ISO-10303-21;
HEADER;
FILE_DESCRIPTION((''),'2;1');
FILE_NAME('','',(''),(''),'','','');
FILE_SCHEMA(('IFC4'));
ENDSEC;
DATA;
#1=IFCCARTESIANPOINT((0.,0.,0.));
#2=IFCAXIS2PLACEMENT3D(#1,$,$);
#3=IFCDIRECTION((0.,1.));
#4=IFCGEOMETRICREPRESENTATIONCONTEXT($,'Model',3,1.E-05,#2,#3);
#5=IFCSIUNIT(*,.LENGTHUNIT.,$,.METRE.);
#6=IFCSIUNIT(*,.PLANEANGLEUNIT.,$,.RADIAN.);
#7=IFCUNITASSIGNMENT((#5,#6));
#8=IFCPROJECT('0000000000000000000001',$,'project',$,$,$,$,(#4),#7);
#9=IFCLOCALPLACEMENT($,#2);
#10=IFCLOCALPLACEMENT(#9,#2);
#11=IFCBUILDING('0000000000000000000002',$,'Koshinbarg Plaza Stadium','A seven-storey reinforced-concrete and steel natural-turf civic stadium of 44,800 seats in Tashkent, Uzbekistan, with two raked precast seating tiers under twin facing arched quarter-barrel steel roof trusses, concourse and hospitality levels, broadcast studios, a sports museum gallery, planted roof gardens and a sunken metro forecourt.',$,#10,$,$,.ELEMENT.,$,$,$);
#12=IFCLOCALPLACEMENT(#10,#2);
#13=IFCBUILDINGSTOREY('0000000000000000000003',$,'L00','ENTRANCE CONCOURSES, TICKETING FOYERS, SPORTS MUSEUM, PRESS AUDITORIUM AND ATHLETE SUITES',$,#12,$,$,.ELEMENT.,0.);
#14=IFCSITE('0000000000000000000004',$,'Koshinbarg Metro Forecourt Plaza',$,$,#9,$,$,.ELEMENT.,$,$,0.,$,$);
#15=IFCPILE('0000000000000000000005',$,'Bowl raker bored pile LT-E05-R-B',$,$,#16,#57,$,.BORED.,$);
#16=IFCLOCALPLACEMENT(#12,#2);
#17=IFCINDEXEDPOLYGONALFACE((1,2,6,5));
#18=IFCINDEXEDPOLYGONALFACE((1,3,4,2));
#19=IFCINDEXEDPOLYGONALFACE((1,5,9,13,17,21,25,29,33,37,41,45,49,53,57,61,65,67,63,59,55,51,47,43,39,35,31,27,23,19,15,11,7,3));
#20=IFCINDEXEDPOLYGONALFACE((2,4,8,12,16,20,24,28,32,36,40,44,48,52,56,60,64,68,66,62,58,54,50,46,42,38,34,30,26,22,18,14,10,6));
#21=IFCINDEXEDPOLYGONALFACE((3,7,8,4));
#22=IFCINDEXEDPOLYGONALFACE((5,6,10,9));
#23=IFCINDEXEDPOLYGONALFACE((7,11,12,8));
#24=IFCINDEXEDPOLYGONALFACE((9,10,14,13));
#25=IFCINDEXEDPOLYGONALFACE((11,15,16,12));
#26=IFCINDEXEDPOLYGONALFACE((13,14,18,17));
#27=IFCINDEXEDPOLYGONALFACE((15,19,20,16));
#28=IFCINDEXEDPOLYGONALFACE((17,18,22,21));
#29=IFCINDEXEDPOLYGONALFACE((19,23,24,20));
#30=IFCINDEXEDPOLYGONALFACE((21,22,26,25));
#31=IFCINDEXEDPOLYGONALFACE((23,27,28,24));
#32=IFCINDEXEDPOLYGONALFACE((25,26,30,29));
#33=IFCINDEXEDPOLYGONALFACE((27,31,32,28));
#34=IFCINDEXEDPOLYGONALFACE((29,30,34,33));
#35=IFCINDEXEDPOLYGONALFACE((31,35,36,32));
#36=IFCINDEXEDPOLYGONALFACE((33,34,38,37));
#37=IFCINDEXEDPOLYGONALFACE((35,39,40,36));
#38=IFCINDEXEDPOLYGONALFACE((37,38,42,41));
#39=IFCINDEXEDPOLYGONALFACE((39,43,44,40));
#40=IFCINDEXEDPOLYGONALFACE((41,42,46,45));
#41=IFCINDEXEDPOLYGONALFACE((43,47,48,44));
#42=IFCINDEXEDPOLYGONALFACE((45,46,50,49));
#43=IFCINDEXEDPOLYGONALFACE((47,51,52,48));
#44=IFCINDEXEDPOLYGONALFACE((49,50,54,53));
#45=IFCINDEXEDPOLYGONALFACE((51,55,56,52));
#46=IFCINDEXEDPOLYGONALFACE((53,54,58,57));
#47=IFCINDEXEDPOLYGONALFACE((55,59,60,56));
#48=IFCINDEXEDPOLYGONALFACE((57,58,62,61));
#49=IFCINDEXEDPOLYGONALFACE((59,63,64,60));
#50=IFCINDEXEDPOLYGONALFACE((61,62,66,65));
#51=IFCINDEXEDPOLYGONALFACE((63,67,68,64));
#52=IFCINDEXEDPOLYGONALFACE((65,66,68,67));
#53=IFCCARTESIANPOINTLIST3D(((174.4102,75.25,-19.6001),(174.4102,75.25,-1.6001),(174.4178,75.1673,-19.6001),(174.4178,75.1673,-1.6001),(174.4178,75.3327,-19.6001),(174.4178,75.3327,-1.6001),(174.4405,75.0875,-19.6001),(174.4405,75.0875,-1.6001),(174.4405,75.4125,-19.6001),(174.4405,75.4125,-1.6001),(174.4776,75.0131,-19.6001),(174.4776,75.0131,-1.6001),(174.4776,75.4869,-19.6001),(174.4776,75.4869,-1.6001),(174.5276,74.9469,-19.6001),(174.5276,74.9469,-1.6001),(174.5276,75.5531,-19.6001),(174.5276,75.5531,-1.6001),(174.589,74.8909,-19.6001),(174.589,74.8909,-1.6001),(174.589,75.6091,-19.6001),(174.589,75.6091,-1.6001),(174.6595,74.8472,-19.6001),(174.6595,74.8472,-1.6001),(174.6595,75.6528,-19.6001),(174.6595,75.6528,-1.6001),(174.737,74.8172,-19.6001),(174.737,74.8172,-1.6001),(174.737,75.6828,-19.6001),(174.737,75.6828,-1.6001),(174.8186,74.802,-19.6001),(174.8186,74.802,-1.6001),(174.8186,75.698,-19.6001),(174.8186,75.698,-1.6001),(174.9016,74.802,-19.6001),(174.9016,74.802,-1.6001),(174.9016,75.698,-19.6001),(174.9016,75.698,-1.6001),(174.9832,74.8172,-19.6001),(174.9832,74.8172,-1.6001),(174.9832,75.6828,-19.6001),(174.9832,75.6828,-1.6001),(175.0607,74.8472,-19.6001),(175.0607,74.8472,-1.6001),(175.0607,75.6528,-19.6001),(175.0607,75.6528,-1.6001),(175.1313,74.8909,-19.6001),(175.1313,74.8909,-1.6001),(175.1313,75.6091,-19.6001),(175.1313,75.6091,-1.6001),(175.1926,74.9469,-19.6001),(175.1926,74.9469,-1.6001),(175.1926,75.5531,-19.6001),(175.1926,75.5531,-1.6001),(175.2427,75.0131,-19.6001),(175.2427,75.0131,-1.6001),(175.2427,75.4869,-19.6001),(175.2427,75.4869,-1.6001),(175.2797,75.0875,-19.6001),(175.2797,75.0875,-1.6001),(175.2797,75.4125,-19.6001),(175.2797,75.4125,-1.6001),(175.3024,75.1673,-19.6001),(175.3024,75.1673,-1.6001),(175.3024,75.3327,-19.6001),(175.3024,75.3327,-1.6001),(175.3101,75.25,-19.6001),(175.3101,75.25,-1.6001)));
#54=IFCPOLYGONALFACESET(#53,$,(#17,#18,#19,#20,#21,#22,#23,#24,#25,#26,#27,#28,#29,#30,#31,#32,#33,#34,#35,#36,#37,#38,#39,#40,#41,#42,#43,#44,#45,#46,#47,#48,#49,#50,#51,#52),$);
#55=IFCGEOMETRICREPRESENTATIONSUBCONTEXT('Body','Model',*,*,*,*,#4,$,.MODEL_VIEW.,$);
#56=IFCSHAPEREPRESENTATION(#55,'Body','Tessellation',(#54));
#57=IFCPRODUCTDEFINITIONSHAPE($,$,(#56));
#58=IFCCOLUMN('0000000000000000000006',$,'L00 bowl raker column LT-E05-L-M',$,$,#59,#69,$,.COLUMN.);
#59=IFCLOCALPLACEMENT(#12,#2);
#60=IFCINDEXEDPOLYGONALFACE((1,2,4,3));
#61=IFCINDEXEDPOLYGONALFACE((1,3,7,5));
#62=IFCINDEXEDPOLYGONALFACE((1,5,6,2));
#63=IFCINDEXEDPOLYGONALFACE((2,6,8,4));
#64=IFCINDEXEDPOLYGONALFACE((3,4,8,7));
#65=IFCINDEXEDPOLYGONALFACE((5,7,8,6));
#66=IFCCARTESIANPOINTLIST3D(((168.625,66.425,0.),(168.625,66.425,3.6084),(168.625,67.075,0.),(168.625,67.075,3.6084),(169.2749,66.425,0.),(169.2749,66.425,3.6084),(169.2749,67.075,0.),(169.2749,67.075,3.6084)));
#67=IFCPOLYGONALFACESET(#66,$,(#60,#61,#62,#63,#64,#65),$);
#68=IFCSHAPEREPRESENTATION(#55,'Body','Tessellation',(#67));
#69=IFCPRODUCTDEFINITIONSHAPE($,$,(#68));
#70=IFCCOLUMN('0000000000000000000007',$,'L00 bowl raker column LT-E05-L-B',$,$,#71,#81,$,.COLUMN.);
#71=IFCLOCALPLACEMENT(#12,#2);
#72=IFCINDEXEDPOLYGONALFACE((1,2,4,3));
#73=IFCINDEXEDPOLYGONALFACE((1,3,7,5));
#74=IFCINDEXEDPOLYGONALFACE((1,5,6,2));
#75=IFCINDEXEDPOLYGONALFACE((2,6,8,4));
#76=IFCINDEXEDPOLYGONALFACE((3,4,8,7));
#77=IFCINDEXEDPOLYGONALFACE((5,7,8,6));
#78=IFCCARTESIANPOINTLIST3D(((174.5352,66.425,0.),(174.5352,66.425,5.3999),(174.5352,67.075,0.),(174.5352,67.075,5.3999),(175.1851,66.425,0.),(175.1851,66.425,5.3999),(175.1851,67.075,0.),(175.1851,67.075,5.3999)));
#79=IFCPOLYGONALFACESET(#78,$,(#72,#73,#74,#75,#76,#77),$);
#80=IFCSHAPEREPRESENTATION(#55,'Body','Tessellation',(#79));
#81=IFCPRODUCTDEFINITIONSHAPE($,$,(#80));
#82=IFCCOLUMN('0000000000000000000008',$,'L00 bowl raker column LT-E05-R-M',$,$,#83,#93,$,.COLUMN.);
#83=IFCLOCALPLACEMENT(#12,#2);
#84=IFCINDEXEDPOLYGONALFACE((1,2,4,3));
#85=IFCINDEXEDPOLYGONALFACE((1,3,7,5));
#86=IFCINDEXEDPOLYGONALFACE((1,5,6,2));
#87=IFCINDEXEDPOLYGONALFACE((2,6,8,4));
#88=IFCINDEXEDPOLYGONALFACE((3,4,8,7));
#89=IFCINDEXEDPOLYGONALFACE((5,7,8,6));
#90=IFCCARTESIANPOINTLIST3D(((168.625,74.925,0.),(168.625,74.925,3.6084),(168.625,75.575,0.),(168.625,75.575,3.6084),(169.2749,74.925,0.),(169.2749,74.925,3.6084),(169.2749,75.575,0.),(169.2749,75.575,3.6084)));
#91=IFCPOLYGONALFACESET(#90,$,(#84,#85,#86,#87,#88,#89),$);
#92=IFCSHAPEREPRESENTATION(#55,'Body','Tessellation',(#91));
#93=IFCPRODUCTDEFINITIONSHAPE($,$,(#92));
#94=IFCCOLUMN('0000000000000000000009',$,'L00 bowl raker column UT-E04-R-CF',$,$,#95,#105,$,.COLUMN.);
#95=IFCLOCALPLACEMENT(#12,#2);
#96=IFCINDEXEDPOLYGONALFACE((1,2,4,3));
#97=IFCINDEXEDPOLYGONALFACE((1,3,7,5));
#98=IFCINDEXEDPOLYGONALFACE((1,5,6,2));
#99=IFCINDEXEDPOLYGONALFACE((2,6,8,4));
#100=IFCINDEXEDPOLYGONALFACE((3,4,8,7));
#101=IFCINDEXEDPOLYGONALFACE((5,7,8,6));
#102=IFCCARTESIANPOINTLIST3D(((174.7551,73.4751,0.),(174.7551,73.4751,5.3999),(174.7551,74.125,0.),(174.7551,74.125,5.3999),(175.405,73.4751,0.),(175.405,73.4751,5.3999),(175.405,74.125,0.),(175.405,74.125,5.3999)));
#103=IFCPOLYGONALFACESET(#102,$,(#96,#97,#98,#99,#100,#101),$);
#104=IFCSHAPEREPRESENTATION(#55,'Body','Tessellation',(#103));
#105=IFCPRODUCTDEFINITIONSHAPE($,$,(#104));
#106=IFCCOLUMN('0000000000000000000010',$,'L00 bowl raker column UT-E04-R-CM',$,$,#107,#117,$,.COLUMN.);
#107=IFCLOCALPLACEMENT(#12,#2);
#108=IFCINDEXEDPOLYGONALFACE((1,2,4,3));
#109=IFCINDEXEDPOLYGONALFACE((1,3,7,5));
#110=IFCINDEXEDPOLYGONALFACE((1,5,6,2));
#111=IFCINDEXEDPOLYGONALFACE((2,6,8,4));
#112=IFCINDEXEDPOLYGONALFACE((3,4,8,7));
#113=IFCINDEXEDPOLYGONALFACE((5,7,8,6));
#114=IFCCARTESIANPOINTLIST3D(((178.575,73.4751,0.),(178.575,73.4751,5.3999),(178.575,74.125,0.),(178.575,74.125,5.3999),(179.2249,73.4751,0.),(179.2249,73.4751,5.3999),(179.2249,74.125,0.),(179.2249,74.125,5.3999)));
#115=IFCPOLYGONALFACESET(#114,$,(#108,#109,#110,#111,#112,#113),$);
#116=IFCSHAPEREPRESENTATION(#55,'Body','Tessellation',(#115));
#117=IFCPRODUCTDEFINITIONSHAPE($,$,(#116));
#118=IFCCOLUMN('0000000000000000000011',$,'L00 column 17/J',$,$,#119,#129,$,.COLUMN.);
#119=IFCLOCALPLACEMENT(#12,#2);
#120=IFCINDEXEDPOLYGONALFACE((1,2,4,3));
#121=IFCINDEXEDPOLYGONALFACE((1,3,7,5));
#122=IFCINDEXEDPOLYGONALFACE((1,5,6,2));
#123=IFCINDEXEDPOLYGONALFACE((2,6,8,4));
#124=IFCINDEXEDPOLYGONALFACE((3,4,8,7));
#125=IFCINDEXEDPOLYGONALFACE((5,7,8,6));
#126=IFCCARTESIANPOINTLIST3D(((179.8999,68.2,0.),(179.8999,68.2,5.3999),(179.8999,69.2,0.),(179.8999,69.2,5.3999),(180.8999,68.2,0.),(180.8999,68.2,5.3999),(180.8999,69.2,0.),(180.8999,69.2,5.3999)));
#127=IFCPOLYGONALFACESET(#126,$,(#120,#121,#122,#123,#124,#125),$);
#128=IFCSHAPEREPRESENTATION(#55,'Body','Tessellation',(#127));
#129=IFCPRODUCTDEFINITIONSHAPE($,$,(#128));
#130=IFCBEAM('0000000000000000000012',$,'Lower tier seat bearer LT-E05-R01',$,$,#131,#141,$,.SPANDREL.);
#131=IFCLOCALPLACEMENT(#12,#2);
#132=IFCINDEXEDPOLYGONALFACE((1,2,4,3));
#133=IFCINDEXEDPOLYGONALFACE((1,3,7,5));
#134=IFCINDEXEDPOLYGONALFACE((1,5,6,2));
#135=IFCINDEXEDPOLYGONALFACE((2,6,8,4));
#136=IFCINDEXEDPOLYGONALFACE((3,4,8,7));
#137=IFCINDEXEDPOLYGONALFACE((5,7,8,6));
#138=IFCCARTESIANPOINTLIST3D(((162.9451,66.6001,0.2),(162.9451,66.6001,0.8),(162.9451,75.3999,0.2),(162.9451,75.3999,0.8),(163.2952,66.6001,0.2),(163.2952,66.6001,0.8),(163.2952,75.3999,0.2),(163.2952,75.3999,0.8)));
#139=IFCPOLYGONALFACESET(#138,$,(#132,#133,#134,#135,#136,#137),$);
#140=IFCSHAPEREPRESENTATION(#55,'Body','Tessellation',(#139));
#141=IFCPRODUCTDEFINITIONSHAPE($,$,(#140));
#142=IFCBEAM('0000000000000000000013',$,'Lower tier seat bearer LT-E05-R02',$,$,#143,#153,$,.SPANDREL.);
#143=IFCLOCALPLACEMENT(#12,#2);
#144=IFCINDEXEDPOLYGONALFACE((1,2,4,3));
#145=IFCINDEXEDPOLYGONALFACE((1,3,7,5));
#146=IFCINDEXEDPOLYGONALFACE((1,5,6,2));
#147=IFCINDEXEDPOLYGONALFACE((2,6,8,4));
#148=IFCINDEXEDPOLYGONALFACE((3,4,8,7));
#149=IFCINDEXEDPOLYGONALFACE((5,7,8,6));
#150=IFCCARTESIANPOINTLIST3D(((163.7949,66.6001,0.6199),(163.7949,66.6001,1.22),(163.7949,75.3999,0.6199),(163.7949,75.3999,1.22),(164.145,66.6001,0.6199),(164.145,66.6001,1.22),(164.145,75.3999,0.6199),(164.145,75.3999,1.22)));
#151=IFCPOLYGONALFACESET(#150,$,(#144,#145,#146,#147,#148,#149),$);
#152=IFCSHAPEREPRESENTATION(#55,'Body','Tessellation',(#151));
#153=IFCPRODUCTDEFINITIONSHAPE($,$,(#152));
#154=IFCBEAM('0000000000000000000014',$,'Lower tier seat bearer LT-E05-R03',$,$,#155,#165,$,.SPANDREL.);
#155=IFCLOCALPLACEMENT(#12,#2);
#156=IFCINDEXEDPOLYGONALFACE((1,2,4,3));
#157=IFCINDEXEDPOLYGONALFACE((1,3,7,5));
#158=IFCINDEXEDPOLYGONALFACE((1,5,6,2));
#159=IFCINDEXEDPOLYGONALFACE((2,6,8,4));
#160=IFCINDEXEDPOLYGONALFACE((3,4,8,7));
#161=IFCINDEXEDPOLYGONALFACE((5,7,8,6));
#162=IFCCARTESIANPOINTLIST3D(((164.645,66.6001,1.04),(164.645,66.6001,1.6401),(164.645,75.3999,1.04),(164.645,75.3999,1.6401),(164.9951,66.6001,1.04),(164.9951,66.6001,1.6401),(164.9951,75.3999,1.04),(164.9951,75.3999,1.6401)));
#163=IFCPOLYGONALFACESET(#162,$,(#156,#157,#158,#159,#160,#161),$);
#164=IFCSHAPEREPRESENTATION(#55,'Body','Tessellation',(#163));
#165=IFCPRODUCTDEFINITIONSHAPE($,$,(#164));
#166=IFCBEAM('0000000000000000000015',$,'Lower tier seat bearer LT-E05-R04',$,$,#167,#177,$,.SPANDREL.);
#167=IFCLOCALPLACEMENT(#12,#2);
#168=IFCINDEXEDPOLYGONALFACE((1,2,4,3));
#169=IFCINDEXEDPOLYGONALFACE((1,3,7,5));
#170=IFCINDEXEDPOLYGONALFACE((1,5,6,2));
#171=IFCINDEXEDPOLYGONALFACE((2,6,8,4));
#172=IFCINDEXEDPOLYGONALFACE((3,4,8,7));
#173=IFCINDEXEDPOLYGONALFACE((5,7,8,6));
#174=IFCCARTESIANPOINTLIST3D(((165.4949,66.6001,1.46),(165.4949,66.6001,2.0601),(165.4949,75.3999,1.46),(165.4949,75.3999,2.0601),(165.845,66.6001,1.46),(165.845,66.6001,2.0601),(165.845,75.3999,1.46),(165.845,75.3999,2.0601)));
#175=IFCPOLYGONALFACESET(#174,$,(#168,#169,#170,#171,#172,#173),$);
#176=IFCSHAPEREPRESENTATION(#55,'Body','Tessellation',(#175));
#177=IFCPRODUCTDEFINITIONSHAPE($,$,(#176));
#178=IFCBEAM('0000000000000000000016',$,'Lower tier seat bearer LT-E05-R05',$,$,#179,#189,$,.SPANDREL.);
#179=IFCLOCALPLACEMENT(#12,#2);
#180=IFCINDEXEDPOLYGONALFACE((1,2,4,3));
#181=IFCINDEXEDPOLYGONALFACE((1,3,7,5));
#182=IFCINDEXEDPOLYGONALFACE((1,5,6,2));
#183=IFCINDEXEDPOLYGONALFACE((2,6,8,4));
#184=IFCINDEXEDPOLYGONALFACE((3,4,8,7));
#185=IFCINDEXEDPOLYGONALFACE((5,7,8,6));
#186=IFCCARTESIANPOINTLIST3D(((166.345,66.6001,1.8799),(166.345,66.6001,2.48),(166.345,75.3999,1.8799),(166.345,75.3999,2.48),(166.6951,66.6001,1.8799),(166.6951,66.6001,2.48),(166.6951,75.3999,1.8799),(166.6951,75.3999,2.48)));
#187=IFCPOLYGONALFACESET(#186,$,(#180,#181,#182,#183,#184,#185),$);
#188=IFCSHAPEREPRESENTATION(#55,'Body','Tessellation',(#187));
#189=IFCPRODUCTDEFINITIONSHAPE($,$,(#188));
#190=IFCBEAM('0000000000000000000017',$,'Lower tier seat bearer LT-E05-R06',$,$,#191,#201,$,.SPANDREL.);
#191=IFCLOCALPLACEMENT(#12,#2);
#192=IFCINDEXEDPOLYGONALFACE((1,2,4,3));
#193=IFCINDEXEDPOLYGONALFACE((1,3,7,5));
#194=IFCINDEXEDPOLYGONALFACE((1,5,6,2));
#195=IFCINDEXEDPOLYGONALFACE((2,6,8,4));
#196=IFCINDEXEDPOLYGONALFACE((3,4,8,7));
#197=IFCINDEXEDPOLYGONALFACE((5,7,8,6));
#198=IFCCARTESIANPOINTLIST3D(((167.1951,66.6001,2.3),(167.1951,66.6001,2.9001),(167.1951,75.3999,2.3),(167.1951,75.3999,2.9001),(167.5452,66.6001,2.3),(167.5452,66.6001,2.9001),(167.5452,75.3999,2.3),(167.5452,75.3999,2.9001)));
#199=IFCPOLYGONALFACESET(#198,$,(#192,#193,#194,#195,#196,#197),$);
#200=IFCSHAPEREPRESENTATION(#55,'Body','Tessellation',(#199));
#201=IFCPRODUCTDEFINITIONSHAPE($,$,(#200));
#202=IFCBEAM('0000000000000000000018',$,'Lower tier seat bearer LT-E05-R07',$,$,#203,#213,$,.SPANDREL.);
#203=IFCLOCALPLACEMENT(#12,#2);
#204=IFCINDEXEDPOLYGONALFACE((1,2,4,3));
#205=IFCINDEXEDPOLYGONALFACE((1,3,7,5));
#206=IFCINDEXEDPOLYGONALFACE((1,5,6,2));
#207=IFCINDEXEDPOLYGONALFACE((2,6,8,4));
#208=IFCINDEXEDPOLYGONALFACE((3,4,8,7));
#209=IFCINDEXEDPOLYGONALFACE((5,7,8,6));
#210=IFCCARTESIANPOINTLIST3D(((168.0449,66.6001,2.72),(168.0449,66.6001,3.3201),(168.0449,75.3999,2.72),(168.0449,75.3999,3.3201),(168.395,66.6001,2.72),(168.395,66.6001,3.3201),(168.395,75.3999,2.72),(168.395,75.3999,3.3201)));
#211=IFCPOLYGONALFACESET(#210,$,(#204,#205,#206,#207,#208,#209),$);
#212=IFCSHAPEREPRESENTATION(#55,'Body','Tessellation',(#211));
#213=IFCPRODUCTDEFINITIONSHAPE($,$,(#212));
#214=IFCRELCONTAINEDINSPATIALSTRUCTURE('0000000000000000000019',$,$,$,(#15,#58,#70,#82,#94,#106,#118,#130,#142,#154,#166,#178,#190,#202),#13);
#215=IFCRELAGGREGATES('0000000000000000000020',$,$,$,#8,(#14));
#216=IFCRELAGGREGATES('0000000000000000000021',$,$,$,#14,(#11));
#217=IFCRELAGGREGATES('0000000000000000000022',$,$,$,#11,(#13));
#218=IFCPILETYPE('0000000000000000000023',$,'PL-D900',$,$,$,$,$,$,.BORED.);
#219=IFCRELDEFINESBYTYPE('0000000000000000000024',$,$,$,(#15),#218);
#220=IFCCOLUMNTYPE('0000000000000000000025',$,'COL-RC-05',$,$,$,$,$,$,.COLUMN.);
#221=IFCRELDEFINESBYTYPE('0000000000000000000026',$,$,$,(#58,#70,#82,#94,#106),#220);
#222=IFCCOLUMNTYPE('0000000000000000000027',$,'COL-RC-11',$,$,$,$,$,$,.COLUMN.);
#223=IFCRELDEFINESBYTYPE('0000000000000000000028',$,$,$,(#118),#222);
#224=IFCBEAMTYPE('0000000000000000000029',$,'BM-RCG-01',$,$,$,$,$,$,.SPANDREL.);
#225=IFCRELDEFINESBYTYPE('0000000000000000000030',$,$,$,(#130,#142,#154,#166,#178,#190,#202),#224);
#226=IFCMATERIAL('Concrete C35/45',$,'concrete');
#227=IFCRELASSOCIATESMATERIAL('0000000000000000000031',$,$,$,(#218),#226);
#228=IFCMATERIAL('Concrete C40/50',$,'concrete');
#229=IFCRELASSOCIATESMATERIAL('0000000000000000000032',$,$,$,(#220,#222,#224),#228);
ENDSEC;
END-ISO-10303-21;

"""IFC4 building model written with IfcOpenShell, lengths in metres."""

from ifc_helpers import new_model, si_unit, direction, frame, origin, origin_2d, place, context, subcontext, project, spatial, rectangle, circle, extrude, material, material_profile, profile_set, type_object, element, save


model = new_model("IFC4")

# Units and contexts
model_context = context("Model", 3, precision=1e-05, world=origin(), true_north=direction((0.0, 1.0)))
body_context = subcontext(model_context, "Body", "Model", "MODEL_VIEW")
ifc_project = project(units=[si_unit("LENGTHUNIT", "METRE"), si_unit("PLANEANGLEUNIT", "RADIAN")], contexts=[model_context])

# Site, building, storey
site_placement = place(None, origin())
site = spatial("IfcSite", under=ifc_project, at=site_placement, Name="Koshinbarg Metro Forecourt Plaza", CompositionType="ELEMENT", RefElevation=0.0)
building_placement = place(site_placement, origin())
building = spatial("IfcBuilding", under=site, at=building_placement, Name="Koshinbarg Plaza Stadium", Description="A seven-storey reinforced-concrete and steel natural-turf civic stadium of 44,800 seats in Tashkent, Uzbekistan, with two raked precast seating tiers under twin facing arched quarter-barrel steel roof trusses, concourse and hospitality levels, broadcast studios, a sports museum gallery, planted roof gardens and a sunken metro forecourt.", CompositionType="ELEMENT")
storey_placement = place(building_placement, origin())
storey = spatial("IfcBuildingStorey", under=building, at=storey_placement, Name="L00", Description="ENTRANCE CONCOURSES, TICKETING FOYERS, SPORTS MUSEUM, PRESS AUDITORIUM AND ATHLETE SUITES", CompositionType="ELEMENT", Elevation=0.0)

# Shared definitions
ifc_material_1 = material(Name="Concrete C35/45", Category="concrete")

# Pile
ifc_material_profile_1 = material_profile(ifc_material_1, circle(Radius=0.45, at=origin_2d()), Name="PILE D900")
ifc_profile_set_1 = profile_set([ifc_material_profile_1], Name="Concrete C35/45")
pile_type_1 = type_object("IfcPileType", Name="PL-D900", PredefinedType="BORED", material=ifc_profile_set_1)
for number, where, z_axis, x_axis, name in (
    (1, (174.8601, 75.25, -1.6001), (0.0, 0.0, -1.0), (1.0, 0.0, 0.0), "Bowl raker bored pile LT-E05-R-B"),
):
    element("IfcPile", number, at=place(storey_placement, frame(where, z_axis=z_axis, x_axis=x_axis)), inside=storey, type_object=pile_type_1, Name=name, PredefinedType="BORED", context=body_context, shape_type="SweptSolid", body=[
        extrude(circle(Radius=0.45, at=origin_2d()), origin(), (0.0, 0.0, 1.0), 18.0),
    ])

# Columns
ifc_material_2 = material(Name="Concrete C40/50", Category="concrete")
ifc_material_profile_2 = material_profile(ifc_material_2, rectangle(XDim=0.6499, YDim=0.6499, at=origin_2d()), Name="RC 650x650")
ifc_profile_set_2 = profile_set([ifc_material_profile_2], Name="Concrete C40/50")
column_type_1 = type_object("IfcColumnType", Name="COL-RC-05", PredefinedType="COLUMN", material=ifc_profile_set_2)
column_1_placement = place(storey_placement, frame((168.95, 66.75, 0.0), z_axis=(0.0, 0.0, 1.0), x_axis=(1.0, 0.0, 0.0)))
element("IfcColumn", 2, at=column_1_placement, inside=storey, type_object=column_type_1, Name="L00 bowl raker column LT-E05-L-M", PredefinedType="COLUMN", context=body_context, shape_type="SweptSolid", body=[
    extrude(rectangle(XDim=0.6499, YDim=0.6499, at=origin_2d()), origin(), (0.0, 0.0, 1.0), 3.6084),
])
column_2_placement = place(storey_placement, frame((174.8601, 66.75, 0.0), z_axis=(0.0, 0.0, 1.0), x_axis=(1.0, 0.0, 0.0)))
element("IfcColumn", 3, at=column_2_placement, inside=storey, type_object=column_type_1, Name="L00 bowl raker column LT-E05-L-B", PredefinedType="COLUMN", context=body_context, shape_type="SweptSolid", body=[
    extrude(rectangle(XDim=0.6499, YDim=0.6499, at=origin_2d()), origin(), (0.0, 0.0, 1.0), 5.3999),
])
column_3_placement = place(storey_placement, frame((168.95, 75.25, 0.0), z_axis=(0.0, 0.0, 1.0), x_axis=(1.0, 0.0, 0.0)))
element("IfcColumn", 4, at=column_3_placement, inside=storey, type_object=column_type_1, Name="L00 bowl raker column LT-E05-R-M", PredefinedType="COLUMN", context=body_context, shape_type="SweptSolid", body=[
    extrude(rectangle(XDim=0.6499, YDim=0.6499, at=origin_2d()), origin(), (0.0, 0.0, 1.0), 3.6084),
])
for number, where, z_axis, x_axis, name in (
    (5, (175.0801, 73.8, 0.0), (0.0, 0.0, 1.0), (1.0, 0.0, 0.0), "L00 bowl raker column UT-E04-R-CF"),
    (6, (178.8999, 73.8, 0.0), (0.0, 0.0, 1.0), (1.0, 0.0, 0.0), "L00 bowl raker column UT-E04-R-CM"),
):
    element("IfcColumn", number, at=place(storey_placement, frame(where, z_axis=z_axis, x_axis=x_axis)), inside=storey, type_object=column_type_1, Name=name, PredefinedType="COLUMN", context=body_context, shape_type="SweptSolid", body=[
        extrude(rectangle(XDim=0.6499, YDim=0.6499, at=origin_2d()), origin(), (0.0, 0.0, 1.0), 5.3999),
    ])
ifc_material_profile_3 = material_profile(ifc_material_2, rectangle(XDim=1.0, YDim=1.0, at=origin_2d()), Name="RC 1000x1000")
ifc_profile_set_3 = profile_set([ifc_material_profile_3], Name="Concrete C40/50")
column_type_2 = type_object("IfcColumnType", Name="COL-RC-11", PredefinedType="COLUMN", material=ifc_profile_set_3)
column_4_placement = place(storey_placement, frame((180.3999, 68.7, 0.0), z_axis=(0.0, 0.0, 1.0), x_axis=(1.0, 0.0, 0.0)))
element("IfcColumn", 7, at=column_4_placement, inside=storey, type_object=column_type_2, Name="L00 column 17/J", PredefinedType="COLUMN", context=body_context, shape_type="SweptSolid", body=[
    extrude(rectangle(XDim=1.0, YDim=1.0, at=origin_2d()), origin(), (0.0, 0.0, 1.0), 5.3999),
])

# Beams
ifc_material_profile_4 = material_profile(ifc_material_2, rectangle(XDim=0.3501, YDim=0.6001, at=origin_2d()), Name="RC 350x600")
ifc_profile_set_4 = profile_set([ifc_material_profile_4], Name="Concrete C40/50")
beam_type = type_object("IfcBeamType", Name="BM-RCG-01", PredefinedType="SPANDREL", material=ifc_profile_set_4)
for number, where, z_axis, x_axis, name in (
    (8, (163.1201, 66.6001, 0.5), (0.0, 1.0, 0.0), (-1.0, 0.0, 0.0), "Lower tier seat bearer LT-E05-R01"),
    (9, (163.97, 66.6001, 0.9199), (0.0, 1.0, 0.0), (-1.0, 0.0, 0.0), "Lower tier seat bearer LT-E05-R02"),
    (10, (164.8201, 66.6001, 1.3401), (0.0, 1.0, 0.0), (-1.0, 0.0, 0.0), "Lower tier seat bearer LT-E05-R03"),
    (11, (165.6699, 66.6001, 1.76), (0.0, 1.0, 0.0), (-1.0, 0.0, 0.0), "Lower tier seat bearer LT-E05-R04"),
    (12, (166.52, 66.6001, 2.1799), (0.0, 1.0, 0.0), (-1.0, 0.0, 0.0), "Lower tier seat bearer LT-E05-R05"),
    (13, (167.3701, 66.6001, 2.6001), (0.0, 1.0, 0.0), (-1.0, 0.0, 0.0), "Lower tier seat bearer LT-E05-R06"),
    (14, (168.22, 66.6001, 3.02), (0.0, 1.0, 0.0), (-1.0, 0.0, 0.0), "Lower tier seat bearer LT-E05-R07"),
):
    element("IfcBeam", number, at=place(storey_placement, frame(where, z_axis=z_axis, x_axis=x_axis)), inside=storey, type_object=beam_type, Name=name, PredefinedType="SPANDREL", context=body_context, shape_type="SweptSolid", body=[
        extrude(rectangle(XDim=0.3501, YDim=0.6001, at=origin_2d()), origin(), (0.0, 0.0, 1.0), 8.7998),
    ])

save(model, "model.ifc")
